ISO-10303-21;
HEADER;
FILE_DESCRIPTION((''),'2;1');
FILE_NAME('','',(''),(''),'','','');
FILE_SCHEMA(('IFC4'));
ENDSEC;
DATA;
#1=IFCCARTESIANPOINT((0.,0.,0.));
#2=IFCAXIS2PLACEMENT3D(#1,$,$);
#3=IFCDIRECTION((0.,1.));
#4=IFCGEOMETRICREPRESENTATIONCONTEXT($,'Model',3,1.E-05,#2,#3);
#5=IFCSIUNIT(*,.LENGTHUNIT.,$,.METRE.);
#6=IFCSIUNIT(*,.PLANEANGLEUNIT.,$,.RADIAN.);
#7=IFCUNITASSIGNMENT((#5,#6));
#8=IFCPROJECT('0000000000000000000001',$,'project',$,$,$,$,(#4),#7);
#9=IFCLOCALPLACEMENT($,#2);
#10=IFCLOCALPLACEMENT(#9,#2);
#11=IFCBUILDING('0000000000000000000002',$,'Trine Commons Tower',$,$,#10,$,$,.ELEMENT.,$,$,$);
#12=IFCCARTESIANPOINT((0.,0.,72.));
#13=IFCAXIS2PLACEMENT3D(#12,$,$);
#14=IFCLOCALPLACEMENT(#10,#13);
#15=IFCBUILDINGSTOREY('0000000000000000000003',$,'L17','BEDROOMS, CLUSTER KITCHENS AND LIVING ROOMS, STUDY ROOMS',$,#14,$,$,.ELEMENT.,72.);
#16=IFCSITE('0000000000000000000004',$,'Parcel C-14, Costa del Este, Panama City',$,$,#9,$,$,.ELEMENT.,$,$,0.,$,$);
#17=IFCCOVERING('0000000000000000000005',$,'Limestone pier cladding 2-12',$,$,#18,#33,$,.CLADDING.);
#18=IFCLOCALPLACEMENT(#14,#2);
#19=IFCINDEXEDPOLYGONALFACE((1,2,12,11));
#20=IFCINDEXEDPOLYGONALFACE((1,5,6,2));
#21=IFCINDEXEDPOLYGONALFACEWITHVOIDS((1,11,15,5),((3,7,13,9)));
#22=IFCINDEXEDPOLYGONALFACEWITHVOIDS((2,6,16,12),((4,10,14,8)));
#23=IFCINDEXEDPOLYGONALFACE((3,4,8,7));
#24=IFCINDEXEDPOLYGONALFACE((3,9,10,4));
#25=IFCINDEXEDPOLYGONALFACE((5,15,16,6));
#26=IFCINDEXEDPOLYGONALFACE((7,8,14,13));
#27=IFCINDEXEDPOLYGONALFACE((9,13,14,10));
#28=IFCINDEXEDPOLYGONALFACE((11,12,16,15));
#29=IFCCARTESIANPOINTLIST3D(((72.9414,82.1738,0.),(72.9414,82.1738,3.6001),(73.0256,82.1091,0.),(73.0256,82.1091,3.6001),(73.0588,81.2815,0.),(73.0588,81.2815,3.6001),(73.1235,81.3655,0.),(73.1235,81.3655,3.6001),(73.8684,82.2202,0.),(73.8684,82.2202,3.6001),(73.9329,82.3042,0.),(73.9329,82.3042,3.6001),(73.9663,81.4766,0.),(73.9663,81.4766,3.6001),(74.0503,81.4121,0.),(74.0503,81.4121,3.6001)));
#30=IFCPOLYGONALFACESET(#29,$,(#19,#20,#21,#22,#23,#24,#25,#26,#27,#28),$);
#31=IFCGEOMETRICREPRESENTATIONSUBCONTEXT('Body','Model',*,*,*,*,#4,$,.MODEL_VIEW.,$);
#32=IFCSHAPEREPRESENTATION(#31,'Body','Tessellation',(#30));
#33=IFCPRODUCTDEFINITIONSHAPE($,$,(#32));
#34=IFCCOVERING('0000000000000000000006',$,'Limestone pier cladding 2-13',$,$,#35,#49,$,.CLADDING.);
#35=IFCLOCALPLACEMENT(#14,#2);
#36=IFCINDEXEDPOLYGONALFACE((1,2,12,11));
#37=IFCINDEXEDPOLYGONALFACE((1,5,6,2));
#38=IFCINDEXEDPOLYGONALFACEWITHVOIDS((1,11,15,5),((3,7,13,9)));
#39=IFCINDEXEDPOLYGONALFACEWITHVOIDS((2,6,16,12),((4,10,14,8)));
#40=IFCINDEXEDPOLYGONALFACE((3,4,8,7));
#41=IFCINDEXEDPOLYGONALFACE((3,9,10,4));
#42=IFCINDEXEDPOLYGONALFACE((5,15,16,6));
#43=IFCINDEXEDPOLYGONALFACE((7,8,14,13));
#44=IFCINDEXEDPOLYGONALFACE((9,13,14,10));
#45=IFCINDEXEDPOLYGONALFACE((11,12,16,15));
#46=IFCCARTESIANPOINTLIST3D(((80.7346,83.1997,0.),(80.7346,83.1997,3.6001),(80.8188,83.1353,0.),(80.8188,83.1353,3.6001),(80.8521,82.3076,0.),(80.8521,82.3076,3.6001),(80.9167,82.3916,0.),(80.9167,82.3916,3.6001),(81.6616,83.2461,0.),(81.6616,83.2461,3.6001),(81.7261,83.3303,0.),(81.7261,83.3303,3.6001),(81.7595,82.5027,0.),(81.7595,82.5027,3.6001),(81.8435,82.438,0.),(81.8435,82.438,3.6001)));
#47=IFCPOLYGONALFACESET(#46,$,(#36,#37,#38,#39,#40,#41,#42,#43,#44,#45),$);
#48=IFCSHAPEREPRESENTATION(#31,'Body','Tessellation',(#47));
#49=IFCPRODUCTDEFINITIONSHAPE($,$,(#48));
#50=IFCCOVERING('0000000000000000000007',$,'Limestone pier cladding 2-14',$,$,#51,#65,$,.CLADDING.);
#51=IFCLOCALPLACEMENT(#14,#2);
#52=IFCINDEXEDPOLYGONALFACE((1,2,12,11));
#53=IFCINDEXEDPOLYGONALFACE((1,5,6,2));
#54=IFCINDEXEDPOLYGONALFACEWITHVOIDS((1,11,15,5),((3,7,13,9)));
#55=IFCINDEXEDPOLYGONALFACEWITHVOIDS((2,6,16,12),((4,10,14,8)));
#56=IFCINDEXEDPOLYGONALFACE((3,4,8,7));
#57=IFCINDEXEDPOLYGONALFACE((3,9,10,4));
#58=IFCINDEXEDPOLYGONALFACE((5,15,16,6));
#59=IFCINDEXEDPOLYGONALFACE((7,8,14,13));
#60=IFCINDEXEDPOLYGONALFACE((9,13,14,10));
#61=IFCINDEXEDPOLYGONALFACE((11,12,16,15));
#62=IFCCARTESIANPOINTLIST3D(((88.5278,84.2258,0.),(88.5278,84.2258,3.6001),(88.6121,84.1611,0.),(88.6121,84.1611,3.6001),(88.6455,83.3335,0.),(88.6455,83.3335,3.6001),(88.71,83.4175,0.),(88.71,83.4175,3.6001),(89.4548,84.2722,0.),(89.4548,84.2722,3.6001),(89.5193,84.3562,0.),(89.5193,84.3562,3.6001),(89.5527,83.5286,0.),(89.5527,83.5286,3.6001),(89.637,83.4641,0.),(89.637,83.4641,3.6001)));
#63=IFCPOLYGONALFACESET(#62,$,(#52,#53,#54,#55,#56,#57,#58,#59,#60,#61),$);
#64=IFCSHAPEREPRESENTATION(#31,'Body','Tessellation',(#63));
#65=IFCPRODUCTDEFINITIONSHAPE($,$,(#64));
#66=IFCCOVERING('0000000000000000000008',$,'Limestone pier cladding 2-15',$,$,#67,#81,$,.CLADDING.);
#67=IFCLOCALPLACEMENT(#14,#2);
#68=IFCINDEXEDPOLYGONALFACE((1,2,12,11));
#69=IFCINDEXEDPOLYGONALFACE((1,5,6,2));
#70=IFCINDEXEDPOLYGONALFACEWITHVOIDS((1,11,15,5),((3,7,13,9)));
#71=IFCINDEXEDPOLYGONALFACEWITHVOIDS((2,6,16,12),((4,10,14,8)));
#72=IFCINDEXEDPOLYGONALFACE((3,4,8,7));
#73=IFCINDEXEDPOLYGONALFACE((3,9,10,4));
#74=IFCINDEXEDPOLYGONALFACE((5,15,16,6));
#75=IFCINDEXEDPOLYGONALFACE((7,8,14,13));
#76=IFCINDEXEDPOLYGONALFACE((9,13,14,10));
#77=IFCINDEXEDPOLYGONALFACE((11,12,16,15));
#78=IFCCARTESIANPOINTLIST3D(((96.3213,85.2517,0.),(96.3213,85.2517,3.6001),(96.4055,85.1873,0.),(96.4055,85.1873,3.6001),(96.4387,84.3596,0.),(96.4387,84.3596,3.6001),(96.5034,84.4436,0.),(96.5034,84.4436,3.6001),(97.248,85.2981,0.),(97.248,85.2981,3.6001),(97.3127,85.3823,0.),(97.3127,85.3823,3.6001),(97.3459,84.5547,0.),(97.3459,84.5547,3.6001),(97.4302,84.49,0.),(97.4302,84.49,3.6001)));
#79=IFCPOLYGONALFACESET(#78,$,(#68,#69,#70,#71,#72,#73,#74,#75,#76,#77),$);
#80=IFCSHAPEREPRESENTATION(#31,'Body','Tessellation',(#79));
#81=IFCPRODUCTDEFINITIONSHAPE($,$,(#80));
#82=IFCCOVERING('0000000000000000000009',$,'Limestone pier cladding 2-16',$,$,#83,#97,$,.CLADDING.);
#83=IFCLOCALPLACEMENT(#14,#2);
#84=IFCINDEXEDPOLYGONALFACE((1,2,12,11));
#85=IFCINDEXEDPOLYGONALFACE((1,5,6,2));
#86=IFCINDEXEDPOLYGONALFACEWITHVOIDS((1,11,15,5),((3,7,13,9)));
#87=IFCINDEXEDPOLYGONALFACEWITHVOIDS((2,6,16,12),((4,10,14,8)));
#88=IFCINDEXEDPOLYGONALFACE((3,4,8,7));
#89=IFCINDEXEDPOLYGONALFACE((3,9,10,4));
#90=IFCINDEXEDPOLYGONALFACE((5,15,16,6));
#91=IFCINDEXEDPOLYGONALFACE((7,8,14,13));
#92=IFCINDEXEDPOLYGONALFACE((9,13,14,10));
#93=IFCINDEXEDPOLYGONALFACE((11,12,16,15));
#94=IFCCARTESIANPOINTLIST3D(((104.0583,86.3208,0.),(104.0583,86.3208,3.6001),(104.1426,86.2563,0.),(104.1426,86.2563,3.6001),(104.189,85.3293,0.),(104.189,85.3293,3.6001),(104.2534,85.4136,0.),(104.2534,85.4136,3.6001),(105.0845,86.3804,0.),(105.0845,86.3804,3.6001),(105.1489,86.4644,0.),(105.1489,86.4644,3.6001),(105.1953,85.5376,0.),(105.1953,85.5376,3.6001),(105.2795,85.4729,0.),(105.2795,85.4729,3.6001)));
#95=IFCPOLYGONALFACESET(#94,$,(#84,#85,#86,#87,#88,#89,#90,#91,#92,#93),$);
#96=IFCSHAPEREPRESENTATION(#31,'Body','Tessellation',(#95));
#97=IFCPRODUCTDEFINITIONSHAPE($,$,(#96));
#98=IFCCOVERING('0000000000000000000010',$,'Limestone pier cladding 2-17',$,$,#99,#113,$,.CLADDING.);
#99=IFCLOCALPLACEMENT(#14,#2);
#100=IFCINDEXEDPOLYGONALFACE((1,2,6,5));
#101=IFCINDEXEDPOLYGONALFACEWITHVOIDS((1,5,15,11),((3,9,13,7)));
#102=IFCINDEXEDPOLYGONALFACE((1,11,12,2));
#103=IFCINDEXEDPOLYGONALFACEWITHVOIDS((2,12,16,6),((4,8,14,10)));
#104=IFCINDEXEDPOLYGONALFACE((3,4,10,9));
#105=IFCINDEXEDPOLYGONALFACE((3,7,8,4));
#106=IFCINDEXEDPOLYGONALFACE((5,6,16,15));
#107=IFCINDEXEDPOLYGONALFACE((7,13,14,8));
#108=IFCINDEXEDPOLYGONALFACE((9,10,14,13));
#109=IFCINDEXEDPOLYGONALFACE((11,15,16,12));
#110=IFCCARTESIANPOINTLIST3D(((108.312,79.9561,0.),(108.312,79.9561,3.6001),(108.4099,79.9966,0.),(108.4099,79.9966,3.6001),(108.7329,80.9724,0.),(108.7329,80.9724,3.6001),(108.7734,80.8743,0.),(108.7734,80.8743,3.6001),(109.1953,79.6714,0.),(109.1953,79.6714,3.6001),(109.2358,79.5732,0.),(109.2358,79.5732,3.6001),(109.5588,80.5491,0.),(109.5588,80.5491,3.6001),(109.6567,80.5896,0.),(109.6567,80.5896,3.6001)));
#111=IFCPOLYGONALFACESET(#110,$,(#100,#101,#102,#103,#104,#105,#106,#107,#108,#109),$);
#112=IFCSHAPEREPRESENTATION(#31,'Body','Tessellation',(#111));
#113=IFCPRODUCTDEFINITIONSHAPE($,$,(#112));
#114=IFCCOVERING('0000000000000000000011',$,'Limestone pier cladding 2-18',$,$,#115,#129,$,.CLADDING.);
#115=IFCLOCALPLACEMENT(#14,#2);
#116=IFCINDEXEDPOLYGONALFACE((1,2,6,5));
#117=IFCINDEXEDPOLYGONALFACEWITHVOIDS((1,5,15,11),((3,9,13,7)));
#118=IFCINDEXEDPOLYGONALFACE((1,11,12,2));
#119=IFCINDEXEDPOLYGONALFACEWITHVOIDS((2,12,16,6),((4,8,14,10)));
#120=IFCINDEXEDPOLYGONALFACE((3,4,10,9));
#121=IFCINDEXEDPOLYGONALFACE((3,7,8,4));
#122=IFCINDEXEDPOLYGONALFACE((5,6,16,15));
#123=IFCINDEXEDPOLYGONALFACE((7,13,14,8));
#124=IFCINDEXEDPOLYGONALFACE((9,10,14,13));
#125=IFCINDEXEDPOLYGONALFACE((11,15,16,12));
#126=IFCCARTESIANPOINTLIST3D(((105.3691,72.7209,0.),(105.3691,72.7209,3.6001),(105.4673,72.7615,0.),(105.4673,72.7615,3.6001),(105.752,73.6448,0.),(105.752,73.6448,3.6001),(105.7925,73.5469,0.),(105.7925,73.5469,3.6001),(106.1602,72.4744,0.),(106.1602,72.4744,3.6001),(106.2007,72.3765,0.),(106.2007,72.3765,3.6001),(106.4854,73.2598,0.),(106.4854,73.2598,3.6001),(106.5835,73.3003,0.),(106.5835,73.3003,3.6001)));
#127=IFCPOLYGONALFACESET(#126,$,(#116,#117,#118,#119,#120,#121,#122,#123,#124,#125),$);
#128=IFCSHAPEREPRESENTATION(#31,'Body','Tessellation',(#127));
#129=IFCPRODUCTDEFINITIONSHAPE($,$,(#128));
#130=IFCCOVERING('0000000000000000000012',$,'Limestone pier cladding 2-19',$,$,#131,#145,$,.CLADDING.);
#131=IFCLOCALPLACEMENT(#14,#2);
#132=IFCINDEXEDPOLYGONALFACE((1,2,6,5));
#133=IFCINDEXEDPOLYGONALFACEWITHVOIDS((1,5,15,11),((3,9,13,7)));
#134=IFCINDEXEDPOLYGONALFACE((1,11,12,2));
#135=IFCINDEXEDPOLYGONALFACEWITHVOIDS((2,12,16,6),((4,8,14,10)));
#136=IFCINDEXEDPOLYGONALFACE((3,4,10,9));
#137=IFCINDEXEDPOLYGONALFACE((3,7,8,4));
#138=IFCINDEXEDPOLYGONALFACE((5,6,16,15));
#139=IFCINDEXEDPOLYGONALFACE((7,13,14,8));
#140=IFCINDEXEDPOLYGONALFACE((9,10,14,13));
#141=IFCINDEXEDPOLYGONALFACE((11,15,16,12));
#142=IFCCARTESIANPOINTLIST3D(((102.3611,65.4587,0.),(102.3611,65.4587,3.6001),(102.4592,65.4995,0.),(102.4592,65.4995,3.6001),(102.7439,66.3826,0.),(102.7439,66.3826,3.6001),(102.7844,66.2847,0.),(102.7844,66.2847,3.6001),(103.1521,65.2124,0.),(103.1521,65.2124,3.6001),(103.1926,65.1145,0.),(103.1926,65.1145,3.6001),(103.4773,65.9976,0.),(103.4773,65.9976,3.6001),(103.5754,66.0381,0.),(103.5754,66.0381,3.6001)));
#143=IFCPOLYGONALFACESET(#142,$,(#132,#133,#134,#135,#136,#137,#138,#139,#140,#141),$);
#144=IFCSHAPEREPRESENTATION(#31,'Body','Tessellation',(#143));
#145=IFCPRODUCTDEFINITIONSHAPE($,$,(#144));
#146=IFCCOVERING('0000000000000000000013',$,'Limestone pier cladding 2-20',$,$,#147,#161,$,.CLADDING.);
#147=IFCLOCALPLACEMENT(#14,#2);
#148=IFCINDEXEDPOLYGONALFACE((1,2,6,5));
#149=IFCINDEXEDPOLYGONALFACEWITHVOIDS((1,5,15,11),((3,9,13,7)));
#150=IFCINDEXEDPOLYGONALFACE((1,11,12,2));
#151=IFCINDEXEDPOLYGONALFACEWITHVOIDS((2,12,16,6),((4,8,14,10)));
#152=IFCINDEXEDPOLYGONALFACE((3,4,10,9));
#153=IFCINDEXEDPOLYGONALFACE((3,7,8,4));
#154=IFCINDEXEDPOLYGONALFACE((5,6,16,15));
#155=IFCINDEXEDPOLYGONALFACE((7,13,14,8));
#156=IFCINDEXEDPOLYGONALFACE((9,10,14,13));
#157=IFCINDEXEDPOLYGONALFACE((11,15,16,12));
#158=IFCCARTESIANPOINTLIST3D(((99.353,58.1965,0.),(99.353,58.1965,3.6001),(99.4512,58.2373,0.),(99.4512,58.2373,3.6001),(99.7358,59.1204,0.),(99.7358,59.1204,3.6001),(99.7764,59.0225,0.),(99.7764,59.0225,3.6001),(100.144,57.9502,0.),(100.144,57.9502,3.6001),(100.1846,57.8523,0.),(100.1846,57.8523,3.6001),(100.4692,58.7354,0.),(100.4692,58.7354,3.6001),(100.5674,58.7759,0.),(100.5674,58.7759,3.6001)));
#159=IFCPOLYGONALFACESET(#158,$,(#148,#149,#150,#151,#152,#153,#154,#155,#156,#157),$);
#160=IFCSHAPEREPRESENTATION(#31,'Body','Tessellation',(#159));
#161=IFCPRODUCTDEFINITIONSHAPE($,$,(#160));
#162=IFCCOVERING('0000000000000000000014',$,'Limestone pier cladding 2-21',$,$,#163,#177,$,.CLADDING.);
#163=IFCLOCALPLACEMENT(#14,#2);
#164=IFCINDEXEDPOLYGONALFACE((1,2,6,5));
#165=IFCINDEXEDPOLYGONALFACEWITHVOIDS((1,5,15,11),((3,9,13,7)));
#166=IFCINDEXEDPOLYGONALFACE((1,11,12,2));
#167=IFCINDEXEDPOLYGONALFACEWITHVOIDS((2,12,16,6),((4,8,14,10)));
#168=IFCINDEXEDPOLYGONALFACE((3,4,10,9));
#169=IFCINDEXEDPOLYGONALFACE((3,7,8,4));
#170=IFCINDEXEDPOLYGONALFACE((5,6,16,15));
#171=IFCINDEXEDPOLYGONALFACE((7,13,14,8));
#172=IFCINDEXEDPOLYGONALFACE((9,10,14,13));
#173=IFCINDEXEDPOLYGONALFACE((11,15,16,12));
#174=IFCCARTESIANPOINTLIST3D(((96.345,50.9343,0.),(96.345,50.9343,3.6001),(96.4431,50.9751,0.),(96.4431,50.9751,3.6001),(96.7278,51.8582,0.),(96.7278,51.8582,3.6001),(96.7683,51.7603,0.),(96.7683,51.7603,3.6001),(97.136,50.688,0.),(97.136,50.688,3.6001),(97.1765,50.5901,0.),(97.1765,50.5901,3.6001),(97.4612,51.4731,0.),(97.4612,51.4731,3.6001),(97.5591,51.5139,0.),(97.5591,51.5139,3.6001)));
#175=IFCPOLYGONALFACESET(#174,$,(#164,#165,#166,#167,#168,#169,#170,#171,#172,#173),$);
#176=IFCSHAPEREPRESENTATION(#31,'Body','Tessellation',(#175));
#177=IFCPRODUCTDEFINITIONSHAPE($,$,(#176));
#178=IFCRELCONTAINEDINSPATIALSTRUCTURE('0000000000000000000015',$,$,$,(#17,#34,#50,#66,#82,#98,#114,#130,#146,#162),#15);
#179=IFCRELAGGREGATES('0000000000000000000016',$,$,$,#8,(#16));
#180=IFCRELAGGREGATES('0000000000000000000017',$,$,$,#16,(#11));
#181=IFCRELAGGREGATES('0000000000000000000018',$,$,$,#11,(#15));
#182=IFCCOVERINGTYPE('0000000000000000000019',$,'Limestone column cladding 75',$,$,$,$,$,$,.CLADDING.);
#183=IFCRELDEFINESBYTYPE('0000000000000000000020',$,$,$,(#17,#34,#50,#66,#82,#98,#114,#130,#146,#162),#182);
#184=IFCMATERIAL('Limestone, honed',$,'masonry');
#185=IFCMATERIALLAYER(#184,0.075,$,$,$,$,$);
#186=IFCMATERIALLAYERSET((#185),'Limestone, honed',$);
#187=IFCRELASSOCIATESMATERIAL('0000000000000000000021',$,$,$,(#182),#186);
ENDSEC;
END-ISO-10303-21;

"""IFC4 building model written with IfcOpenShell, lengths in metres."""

from ifc_helpers import new_model, si_unit, direction, frame, origin, place, context, subcontext, project, spatial, polyline, outline, extrude, material, layer, layer_set, type_object, element, save


model = new_model("IFC4")

# Units and contexts
model_context = context("Model", 3, precision=1e-05, world=origin(), true_north=direction((0.0, 1.0)))
body_context = subcontext(model_context, "Body", "Model", "MODEL_VIEW")
ifc_project = project(units=[si_unit("LENGTHUNIT", "METRE"), si_unit("PLANEANGLEUNIT", "RADIAN")], contexts=[model_context])

# Site, building, storey
site_placement = place(None, origin())
site = spatial("IfcSite", under=ifc_project, at=site_placement, Name="Parcel C-14, Costa del Este, Panama City", CompositionType="ELEMENT", RefElevation=0.0)
building_placement = place(site_placement, origin())
building = spatial("IfcBuilding", under=site, at=building_placement, Name="Trine Commons Tower", CompositionType="ELEMENT")
storey_placement = place(building_placement, frame((0.0, 0.0, 72.0)))
storey = spatial("IfcBuildingStorey", under=building, at=storey_placement, Name="L17", Description="BEDROOMS, CLUSTER KITCHENS AND LIVING ROOMS, STUDY ROOMS", CompositionType="ELEMENT", Elevation=72.0)

# Coverings
ifc_material_1 = material(Name="Limestone, honed", Category="masonry")
ifc_layer_1 = layer(ifc_material_1, 0.075)
ifc_layer_set_1 = layer_set([ifc_layer_1], Name="Limestone, honed")
covering_type_1 = type_object("IfcCoveringType", Name="Limestone column cladding 75", PredefinedType="CLADDING", material=ifc_layer_set_1)
covering_1_placement = place(storey_placement, origin())
element("IfcCovering", 1, at=covering_1_placement, inside=storey, type_object=covering_type_1, Name="Limestone pier cladding 2-12", PredefinedType="CLADDING", context=body_context, shape_type="SweptSolid", body=[
    extrude(outline(polyline([(74.0503, 81.4121), (73.9329, 82.3042), (72.9414, 82.1738), (73.0588, 81.2815), (74.0503, 81.4121)]), holes=[polyline([(73.9663, 81.4766), (73.8684, 82.2202), (73.0256, 82.1091), (73.1235, 81.3655), (73.9663, 81.4766)])]), origin(), (0.0, 0.0, 1.0), 3.6001),
])
covering_2_placement = place(storey_placement, origin())
element("IfcCovering", 2, at=covering_2_placement, inside=storey, type_object=covering_type_1, Name="Limestone pier cladding 2-13", PredefinedType="CLADDING", context=body_context, shape_type="SweptSolid", body=[
    extrude(outline(polyline([(81.8435, 82.438), (81.7261, 83.3303), (80.7346, 83.1997), (80.8521, 82.3076), (81.8435, 82.438)]), holes=[polyline([(81.7595, 82.5027), (81.6616, 83.2461), (80.8188, 83.1353), (80.9167, 82.3916), (81.7595, 82.5027)])]), origin(), (0.0, 0.0, 1.0), 3.6001),
])
covering_3_placement = place(storey_placement, origin())
element("IfcCovering", 3, at=covering_3_placement, inside=storey, type_object=covering_type_1, Name="Limestone pier cladding 2-14", PredefinedType="CLADDING", context=body_context, shape_type="SweptSolid", body=[
    extrude(outline(polyline([(89.637, 83.4641), (89.5193, 84.3562), (88.5278, 84.2258), (88.6455, 83.3335), (89.637, 83.4641)]), holes=[polyline([(89.5527, 83.5286), (89.4548, 84.2722), (88.6121, 84.1611), (88.71, 83.4175), (89.5527, 83.5286)])]), origin(), (0.0, 0.0, 1.0), 3.6001),
])
covering_4_placement = place(storey_placement, origin())
element("IfcCovering", 4, at=covering_4_placement, inside=storey, type_object=covering_type_1, Name="Limestone pier cladding 2-15", PredefinedType="CLADDING", context=body_context, shape_type="SweptSolid", body=[
    extrude(outline(polyline([(97.4302, 84.49), (97.3127, 85.3823), (96.3213, 85.2517), (96.4387, 84.3596), (97.4302, 84.49)]), holes=[polyline([(97.3459, 84.5547), (97.248, 85.2981), (96.4055, 85.1873), (96.5034, 84.4436), (97.3459, 84.5547)])]), origin(), (0.0, 0.0, 1.0), 3.6001),
])
covering_5_placement = place(storey_placement, origin())
element("IfcCovering", 5, at=covering_5_placement, inside=storey, type_object=covering_type_1, Name="Limestone pier cladding 2-16", PredefinedType="CLADDING", context=body_context, shape_type="SweptSolid", body=[
    extrude(outline(polyline([(105.2795, 85.4729), (105.1489, 86.4644), (104.0583, 86.3208), (104.189, 85.3293), (105.2795, 85.4729)]), holes=[polyline([(105.1953, 85.5376), (105.0845, 86.3804), (104.1426, 86.2563), (104.2534, 85.4136), (105.1953, 85.5376)])]), origin(), (0.0, 0.0, 1.0), 3.6001),
])
covering_6_placement = place(storey_placement, origin())
element("IfcCovering", 6, at=covering_6_placement, inside=storey, type_object=covering_type_1, Name="Limestone pier cladding 2-17", PredefinedType="CLADDING", context=body_context, shape_type="SweptSolid", body=[
    extrude(outline(polyline([(109.6567, 80.5896), (108.7329, 80.9724), (108.312, 79.9561), (109.2358, 79.5732), (109.6567, 80.5896)]), holes=[polyline([(109.5588, 80.5491), (108.7734, 80.8743), (108.4099, 79.9966), (109.1953, 79.6714), (109.5588, 80.5491)])]), origin(), (0.0, 0.0, 1.0), 3.6001),
])
covering_7_placement = place(storey_placement, origin())
element("IfcCovering", 7, at=covering_7_placement, inside=storey, type_object=covering_type_1, Name="Limestone pier cladding 2-18", PredefinedType="CLADDING", context=body_context, shape_type="SweptSolid", body=[
    extrude(outline(polyline([(106.5835, 73.3003), (105.752, 73.6448), (105.3691, 72.7209), (106.2007, 72.3765), (106.5835, 73.3003)]), holes=[polyline([(106.4854, 73.2598), (105.7925, 73.5469), (105.4673, 72.7615), (106.1602, 72.4744), (106.4854, 73.2598)])]), origin(), (0.0, 0.0, 1.0), 3.6001),
])
covering_8_placement = place(storey_placement, origin())
element("IfcCovering", 8, at=covering_8_placement, inside=storey, type_object=covering_type_1, Name="Limestone pier cladding 2-19", PredefinedType="CLADDING", context=body_context, shape_type="SweptSolid", body=[
    extrude(outline(polyline([(103.5754, 66.0381), (102.7439, 66.3826), (102.3611, 65.4587), (103.1926, 65.1145), (103.5754, 66.0381)]), holes=[polyline([(103.4773, 65.9976), (102.7844, 66.2847), (102.4592, 65.4995), (103.1521, 65.2124), (103.4773, 65.9976)])]), origin(), (0.0, 0.0, 1.0), 3.6001),
])
covering_9_placement = place(storey_placement, origin())
element("IfcCovering", 9, at=covering_9_placement, inside=storey, type_object=covering_type_1, Name="Limestone pier cladding 2-20", PredefinedType="CLADDING", context=body_context, shape_type="SweptSolid", body=[
    extrude(outline(polyline([(100.5674, 58.7759), (99.7358, 59.1204), (99.353, 58.1965), (100.1846, 57.8523), (100.5674, 58.7759)]), holes=[polyline([(100.4692, 58.7354), (99.7764, 59.0225), (99.4512, 58.2373), (100.144, 57.9502), (100.4692, 58.7354)])]), origin(), (0.0, 0.0, 1.0), 3.6001),
])
covering_10_placement = place(storey_placement, origin())
element("IfcCovering", 10, at=covering_10_placement, inside=storey, type_object=covering_type_1, Name="Limestone pier cladding 2-21", PredefinedType="CLADDING", context=body_context, shape_type="SweptSolid", body=[
    extrude(outline(polyline([(97.5591, 51.5139), (96.7278, 51.8582), (96.345, 50.9343), (97.1765, 50.5901), (97.5591, 51.5139)]), holes=[polyline([(97.4612, 51.4731), (96.7683, 51.7603), (96.4431, 50.9751), (97.136, 50.688), (97.4612, 51.4731)])]), origin(), (0.0, 0.0, 1.0), 3.6001),
])

save(model, "model.ifc")
